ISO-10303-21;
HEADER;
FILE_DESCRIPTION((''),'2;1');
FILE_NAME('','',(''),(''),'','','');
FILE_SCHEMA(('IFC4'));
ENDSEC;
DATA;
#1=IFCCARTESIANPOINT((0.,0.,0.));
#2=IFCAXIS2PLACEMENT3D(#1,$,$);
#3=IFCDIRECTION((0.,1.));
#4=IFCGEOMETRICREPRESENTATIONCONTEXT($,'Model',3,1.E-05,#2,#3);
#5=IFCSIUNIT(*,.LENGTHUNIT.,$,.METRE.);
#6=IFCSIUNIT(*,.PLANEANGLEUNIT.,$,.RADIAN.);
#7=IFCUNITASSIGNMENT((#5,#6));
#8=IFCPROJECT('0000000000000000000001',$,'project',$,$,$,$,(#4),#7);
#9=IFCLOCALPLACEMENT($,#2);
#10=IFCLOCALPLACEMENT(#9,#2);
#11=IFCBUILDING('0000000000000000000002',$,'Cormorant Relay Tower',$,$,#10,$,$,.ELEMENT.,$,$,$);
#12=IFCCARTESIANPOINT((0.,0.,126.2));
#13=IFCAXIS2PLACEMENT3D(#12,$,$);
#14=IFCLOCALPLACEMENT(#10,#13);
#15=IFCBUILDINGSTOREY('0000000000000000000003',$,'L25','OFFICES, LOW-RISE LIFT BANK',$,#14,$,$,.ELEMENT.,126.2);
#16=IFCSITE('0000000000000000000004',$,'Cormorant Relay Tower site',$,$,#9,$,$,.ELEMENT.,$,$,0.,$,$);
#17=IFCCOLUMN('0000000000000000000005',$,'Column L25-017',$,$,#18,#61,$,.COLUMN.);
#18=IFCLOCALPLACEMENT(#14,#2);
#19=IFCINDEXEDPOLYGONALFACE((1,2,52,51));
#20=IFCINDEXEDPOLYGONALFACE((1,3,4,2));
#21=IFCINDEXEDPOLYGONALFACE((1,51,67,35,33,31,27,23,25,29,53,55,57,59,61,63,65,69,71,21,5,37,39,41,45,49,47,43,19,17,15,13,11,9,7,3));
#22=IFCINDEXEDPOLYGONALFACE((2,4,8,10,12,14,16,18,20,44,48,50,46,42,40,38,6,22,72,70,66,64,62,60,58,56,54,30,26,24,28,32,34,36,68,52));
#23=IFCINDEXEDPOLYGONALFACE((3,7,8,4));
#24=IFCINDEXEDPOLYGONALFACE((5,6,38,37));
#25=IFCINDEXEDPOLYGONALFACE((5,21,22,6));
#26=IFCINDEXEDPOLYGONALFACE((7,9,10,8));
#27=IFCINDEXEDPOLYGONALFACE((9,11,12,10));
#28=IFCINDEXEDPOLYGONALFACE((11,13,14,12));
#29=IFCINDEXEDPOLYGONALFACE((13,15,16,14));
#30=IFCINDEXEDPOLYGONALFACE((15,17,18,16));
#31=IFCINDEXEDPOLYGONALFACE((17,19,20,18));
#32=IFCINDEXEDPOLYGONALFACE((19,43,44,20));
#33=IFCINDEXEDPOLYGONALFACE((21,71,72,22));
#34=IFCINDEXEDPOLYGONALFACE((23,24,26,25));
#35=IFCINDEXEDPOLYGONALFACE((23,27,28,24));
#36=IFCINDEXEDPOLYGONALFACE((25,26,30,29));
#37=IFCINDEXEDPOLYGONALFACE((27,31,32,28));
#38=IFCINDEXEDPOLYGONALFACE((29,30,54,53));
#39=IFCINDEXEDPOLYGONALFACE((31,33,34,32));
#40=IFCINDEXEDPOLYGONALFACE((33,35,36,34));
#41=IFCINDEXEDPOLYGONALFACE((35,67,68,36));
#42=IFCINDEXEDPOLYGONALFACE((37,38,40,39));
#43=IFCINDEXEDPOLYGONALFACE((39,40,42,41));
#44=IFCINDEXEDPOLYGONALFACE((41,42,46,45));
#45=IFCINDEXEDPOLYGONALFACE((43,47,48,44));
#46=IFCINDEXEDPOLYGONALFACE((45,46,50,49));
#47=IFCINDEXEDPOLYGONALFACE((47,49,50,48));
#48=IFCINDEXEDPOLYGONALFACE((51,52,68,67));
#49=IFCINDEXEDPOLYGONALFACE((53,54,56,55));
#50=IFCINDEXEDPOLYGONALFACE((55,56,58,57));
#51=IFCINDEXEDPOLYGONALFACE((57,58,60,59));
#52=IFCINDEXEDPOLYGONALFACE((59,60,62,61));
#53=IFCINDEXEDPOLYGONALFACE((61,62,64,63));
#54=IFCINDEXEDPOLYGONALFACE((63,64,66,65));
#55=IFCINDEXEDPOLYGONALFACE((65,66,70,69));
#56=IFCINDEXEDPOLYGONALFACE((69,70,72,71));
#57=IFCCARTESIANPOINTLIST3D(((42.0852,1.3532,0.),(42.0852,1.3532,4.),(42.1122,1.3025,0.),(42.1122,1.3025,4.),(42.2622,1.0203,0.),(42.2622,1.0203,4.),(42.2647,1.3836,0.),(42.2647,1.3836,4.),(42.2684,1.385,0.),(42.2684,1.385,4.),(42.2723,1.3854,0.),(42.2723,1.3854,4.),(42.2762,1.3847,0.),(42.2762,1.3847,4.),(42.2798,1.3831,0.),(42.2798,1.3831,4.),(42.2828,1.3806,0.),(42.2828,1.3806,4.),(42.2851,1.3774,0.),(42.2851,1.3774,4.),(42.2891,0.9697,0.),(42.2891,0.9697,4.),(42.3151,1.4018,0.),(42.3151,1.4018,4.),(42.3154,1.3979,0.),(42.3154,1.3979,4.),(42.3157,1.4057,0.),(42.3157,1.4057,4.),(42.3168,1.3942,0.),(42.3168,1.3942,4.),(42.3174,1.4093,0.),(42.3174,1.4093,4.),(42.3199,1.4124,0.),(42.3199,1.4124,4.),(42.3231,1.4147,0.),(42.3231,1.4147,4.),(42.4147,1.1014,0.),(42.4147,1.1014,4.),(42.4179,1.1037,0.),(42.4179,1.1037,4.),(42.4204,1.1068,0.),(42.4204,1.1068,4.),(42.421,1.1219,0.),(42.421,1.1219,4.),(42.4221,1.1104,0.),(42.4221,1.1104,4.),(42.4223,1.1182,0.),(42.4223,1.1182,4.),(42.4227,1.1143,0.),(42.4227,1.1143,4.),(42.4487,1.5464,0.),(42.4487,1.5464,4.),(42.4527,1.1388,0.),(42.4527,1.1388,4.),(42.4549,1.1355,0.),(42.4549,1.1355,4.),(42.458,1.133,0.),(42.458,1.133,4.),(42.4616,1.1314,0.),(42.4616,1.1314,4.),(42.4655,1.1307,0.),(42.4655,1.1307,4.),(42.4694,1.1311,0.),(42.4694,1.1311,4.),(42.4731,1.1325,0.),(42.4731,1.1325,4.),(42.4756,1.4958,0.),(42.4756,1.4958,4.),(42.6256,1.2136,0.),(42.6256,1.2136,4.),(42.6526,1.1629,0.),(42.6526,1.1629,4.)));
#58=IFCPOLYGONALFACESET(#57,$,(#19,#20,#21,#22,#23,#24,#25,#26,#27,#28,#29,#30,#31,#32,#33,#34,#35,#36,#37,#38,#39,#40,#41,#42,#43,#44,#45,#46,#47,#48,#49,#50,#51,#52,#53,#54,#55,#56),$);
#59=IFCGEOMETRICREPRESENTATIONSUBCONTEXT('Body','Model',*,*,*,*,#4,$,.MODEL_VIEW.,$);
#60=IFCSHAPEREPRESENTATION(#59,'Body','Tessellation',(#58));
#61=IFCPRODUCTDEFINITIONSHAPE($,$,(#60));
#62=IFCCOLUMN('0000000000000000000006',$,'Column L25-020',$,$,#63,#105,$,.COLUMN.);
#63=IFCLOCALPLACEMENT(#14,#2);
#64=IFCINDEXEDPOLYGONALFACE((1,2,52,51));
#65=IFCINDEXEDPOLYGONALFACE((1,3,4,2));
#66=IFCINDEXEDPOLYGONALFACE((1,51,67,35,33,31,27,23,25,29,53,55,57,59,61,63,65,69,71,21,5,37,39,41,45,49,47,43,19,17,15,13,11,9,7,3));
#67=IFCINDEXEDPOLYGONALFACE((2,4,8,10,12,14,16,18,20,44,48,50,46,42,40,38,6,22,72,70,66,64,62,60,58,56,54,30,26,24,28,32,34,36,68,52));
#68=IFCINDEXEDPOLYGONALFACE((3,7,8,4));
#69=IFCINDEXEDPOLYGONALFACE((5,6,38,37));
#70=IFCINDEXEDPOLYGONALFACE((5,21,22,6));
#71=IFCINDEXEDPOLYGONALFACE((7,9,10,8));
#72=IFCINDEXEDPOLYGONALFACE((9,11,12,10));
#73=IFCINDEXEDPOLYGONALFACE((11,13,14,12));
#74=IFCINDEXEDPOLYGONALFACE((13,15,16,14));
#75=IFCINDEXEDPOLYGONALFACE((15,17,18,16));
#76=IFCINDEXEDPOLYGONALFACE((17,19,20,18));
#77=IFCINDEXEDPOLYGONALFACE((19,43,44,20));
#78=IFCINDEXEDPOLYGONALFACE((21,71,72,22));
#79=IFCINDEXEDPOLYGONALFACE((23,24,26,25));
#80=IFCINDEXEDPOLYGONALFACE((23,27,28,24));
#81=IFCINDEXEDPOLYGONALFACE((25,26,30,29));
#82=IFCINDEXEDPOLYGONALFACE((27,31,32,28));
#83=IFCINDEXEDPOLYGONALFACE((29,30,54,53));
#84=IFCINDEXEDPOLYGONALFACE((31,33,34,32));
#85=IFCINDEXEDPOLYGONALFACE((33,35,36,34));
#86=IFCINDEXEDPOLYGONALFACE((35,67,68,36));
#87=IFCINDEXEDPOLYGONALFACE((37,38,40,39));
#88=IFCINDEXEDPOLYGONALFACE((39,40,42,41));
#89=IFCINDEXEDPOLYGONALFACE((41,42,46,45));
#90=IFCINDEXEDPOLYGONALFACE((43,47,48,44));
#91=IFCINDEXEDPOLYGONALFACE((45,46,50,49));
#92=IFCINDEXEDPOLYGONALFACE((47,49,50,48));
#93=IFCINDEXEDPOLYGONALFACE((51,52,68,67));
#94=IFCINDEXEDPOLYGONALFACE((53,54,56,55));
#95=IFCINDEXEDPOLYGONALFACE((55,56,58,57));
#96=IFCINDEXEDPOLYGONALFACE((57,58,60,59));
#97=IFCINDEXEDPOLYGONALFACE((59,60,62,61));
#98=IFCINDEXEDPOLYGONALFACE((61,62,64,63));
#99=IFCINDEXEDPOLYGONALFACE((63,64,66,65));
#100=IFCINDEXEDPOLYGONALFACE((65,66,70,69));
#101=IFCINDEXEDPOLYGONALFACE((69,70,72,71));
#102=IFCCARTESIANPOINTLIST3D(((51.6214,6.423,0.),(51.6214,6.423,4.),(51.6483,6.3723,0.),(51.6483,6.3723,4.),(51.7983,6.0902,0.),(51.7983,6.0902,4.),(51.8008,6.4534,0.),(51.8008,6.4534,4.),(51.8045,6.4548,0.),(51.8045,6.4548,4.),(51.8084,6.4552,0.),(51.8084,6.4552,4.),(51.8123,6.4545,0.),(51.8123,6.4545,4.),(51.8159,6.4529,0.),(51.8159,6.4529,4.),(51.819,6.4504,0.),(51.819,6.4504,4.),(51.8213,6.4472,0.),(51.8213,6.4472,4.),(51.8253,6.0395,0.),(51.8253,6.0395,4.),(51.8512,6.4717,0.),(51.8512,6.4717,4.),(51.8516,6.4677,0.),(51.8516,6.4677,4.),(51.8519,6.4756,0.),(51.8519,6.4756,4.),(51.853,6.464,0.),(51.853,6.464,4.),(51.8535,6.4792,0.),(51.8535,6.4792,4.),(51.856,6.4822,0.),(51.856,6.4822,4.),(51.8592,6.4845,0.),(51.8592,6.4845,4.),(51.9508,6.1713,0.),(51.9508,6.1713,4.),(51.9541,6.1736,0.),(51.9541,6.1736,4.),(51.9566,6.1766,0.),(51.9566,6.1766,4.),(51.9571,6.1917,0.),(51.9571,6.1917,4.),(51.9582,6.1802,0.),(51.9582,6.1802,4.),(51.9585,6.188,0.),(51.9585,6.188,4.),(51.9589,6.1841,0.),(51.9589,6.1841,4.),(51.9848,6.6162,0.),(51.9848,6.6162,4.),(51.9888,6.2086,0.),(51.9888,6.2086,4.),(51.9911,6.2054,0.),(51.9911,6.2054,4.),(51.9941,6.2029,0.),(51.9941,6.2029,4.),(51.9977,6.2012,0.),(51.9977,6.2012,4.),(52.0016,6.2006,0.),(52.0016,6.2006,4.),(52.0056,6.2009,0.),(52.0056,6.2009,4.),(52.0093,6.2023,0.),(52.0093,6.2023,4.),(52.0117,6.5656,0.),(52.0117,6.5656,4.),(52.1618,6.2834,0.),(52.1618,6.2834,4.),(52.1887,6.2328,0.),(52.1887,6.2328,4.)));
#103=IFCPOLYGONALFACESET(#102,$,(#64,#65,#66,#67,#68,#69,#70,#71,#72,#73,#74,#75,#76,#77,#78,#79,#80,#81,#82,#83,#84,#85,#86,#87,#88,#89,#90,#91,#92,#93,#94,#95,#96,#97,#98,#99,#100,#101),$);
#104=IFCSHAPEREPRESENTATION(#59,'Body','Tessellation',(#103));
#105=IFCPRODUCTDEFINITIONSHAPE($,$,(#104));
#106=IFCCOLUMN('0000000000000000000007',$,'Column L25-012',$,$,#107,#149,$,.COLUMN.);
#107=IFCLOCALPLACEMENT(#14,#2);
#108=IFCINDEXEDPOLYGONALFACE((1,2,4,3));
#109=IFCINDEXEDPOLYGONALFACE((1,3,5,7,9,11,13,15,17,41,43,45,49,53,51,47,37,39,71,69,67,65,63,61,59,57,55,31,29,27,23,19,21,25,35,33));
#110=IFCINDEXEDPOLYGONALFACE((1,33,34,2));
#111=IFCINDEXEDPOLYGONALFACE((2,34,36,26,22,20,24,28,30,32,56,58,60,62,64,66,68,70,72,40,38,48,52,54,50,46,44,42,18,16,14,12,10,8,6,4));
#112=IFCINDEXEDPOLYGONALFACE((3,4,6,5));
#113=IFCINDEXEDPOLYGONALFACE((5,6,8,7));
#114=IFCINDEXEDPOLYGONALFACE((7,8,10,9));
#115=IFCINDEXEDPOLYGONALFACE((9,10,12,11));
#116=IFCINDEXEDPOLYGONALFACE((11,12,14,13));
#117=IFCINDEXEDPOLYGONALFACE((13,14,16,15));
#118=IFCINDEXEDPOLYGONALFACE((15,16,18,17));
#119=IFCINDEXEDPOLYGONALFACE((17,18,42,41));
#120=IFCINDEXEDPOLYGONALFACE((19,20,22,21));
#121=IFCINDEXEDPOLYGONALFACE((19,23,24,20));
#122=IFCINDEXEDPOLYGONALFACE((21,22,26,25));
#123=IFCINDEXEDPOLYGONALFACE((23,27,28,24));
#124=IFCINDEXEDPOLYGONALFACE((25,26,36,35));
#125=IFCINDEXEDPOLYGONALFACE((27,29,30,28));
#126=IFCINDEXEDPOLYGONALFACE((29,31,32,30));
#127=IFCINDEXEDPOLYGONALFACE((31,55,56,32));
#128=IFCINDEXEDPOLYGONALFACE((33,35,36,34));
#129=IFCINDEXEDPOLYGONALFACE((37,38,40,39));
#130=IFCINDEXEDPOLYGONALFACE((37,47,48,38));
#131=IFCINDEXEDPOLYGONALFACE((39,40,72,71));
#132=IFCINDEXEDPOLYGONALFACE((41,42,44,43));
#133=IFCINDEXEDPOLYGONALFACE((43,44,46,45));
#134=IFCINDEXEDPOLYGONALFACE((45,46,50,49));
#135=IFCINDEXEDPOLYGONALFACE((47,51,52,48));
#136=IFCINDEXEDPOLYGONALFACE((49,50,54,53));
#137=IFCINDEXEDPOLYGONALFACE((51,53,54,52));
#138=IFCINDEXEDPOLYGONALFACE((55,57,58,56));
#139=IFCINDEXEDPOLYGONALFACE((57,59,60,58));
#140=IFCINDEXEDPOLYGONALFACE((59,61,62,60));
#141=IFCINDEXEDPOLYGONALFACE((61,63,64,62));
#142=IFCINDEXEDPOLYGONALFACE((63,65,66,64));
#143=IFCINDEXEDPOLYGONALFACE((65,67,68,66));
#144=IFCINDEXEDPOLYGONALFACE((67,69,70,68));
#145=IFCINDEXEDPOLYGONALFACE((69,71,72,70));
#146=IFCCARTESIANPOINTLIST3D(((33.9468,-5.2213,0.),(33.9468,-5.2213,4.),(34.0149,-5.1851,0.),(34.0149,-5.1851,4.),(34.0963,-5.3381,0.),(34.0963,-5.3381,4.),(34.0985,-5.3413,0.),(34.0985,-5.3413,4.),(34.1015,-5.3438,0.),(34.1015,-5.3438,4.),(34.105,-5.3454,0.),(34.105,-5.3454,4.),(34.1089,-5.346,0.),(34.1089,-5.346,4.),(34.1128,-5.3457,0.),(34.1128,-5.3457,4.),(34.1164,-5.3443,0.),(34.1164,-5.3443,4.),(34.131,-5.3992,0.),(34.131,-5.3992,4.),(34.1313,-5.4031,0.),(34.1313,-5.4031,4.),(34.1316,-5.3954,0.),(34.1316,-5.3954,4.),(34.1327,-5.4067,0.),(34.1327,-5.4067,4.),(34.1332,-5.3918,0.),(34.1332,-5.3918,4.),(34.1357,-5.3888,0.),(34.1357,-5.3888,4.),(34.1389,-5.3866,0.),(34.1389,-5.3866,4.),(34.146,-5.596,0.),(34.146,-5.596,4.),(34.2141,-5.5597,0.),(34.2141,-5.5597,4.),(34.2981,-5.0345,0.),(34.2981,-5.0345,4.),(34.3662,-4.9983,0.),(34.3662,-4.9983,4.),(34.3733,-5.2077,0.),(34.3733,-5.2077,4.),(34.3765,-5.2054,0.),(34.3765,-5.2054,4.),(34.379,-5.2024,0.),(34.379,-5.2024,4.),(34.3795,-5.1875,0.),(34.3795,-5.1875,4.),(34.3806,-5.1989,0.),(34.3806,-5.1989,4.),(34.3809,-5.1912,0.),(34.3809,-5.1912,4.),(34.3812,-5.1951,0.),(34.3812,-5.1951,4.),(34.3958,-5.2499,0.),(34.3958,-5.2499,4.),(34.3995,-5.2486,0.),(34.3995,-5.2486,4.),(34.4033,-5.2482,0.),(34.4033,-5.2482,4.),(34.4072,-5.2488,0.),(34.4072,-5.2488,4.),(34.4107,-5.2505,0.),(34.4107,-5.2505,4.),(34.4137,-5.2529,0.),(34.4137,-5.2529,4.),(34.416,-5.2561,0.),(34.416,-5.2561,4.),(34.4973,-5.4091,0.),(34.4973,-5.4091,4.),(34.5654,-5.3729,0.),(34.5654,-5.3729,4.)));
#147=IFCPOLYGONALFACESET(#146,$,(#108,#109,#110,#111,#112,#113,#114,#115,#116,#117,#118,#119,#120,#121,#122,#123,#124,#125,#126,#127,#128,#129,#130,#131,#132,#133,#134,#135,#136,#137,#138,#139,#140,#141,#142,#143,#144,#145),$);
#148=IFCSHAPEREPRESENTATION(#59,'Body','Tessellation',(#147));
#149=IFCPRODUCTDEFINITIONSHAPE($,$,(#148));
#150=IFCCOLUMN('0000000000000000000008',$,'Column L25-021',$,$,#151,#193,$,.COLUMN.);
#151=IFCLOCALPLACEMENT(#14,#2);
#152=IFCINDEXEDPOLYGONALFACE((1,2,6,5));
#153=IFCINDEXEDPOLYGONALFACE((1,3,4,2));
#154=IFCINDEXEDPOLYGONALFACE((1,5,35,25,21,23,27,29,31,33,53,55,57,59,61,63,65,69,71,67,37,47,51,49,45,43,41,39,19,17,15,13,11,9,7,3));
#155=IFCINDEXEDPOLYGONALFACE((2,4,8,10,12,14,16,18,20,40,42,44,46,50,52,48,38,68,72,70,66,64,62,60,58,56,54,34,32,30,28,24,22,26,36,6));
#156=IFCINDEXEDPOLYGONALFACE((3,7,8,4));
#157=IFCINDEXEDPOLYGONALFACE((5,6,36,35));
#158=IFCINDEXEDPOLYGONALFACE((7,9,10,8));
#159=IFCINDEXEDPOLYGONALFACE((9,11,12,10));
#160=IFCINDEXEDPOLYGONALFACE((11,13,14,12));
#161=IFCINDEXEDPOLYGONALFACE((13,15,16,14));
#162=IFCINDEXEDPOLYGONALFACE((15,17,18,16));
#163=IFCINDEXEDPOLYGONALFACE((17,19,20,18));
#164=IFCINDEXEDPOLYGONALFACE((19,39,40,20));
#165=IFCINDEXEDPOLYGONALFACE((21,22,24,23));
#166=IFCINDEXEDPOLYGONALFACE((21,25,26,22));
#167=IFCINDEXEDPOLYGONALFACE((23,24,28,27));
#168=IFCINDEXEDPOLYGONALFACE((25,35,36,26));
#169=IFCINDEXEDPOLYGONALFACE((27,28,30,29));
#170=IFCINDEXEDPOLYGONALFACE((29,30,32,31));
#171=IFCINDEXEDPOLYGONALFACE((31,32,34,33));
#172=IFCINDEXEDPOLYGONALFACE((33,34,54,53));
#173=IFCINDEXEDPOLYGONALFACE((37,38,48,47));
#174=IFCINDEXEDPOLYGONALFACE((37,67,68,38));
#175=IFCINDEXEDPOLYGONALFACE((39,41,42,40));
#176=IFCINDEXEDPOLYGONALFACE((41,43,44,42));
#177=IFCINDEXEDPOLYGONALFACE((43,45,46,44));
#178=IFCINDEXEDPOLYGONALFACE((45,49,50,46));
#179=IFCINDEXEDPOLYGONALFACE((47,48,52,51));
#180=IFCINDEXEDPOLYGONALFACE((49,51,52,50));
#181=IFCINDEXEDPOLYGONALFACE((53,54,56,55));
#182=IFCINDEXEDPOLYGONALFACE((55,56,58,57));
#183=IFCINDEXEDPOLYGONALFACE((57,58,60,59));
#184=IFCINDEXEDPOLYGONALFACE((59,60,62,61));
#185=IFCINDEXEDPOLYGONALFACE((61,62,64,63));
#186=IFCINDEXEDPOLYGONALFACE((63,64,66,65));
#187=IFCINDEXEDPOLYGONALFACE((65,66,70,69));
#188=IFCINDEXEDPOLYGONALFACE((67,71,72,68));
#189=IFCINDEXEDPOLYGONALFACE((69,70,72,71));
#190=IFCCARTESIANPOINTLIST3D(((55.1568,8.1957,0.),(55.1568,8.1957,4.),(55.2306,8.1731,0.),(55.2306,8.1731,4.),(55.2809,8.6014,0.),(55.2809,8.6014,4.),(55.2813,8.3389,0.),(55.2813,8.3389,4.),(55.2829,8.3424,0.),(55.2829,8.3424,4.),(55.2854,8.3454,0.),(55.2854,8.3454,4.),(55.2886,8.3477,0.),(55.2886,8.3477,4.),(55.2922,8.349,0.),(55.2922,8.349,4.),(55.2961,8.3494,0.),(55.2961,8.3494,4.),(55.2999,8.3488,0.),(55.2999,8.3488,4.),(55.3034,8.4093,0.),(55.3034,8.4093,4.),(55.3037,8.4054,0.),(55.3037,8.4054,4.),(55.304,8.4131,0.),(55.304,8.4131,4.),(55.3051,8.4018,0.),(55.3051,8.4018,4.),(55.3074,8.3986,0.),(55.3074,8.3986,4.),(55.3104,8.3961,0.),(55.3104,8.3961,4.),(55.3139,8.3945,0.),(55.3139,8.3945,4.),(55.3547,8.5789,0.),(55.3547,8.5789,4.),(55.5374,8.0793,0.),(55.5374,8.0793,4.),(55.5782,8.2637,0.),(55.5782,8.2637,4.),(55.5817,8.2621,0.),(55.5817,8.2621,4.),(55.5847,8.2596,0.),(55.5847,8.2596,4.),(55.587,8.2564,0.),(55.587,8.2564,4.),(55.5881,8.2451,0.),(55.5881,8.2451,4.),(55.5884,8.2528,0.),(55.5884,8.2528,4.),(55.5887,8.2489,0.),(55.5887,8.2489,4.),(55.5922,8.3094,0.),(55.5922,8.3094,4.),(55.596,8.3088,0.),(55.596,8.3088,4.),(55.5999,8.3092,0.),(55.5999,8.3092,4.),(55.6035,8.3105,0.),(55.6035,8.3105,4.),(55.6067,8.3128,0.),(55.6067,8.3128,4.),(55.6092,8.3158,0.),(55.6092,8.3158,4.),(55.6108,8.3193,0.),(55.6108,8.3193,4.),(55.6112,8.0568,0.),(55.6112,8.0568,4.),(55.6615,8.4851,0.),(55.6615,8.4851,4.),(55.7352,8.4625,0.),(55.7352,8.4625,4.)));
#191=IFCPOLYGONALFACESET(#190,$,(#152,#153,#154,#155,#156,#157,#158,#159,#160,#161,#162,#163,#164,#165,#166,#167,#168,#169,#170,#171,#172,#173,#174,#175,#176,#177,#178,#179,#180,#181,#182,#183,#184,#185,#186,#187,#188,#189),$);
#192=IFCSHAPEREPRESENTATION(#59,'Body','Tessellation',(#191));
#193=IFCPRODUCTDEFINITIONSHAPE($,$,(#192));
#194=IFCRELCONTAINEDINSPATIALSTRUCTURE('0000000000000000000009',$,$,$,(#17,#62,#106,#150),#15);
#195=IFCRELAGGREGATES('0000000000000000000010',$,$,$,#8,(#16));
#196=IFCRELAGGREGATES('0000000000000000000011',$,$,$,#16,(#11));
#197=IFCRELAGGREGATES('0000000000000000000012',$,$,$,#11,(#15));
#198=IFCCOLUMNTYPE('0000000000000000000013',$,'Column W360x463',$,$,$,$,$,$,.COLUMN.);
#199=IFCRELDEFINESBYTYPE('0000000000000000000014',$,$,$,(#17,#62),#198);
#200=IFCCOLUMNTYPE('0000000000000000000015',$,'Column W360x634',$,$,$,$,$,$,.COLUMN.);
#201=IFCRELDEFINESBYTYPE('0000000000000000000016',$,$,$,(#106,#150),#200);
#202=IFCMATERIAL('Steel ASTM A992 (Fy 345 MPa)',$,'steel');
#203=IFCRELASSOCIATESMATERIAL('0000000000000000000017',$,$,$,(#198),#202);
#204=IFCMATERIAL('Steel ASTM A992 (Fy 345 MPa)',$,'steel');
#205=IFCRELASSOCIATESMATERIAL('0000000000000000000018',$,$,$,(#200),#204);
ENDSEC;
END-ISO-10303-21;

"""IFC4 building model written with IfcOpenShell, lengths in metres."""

from ifc_helpers import new_model, si_unit, direction, frame, origin, origin_2d, place, context, subcontext, project, spatial, i_section, extrude, material, material_profile, profile_set, type_object, element, save


model = new_model("IFC4")

# Units and contexts
model_context = context("Model", 3, precision=1e-05, world=origin(), true_north=direction((0.0, 1.0)))
body_context = subcontext(model_context, "Body", "Model", "MODEL_VIEW")
ifc_project = project(units=[si_unit("LENGTHUNIT", "METRE"), si_unit("PLANEANGLEUNIT", "RADIAN")], contexts=[model_context])

# Site, building, storey
site_placement = place(None, origin())
site = spatial("IfcSite", under=ifc_project, at=site_placement, Name="Cormorant Relay Tower site", CompositionType="ELEMENT", RefElevation=0.0)
building_placement = place(site_placement, origin())
building = spatial("IfcBuilding", under=site, at=building_placement, Name="Cormorant Relay Tower", CompositionType="ELEMENT")
storey_placement = place(building_placement, frame((0.0, 0.0, 126.2)))
storey = spatial("IfcBuildingStorey", under=building, at=storey_placement, Name="L25", Description="OFFICES, LOW-RISE LIFT BANK", CompositionType="ELEMENT", Elevation=126.2)

# Columns
ifc_material_1 = material(Name="Steel ASTM A992 (Fy 345 MPa)", Category="steel")
ifc_material_profile_1 = material_profile(ifc_material_1, i_section(OverallWidth=0.4116, OverallDepth=0.4343, WebThickness=0.0359, FlangeThickness=0.0574, FilletRadius=0.0151, at=origin_2d()), Name="W360x463")
ifc_profile_set_1 = profile_set([ifc_material_profile_1], Name="Steel ASTM A992 (Fy 345 MPa)")
column_type_1 = type_object("IfcColumnType", Name="Column W360x463", PredefinedType="COLUMN", material=ifc_profile_set_1)
for number, where, z_axis, x_axis, name in (
    (1, (42.3689, 1.2581, 0.0), (0.0, 0.0, 1.0), (0.882948, 0.469472, 0.0), "Column L25-017"),
    (2, (51.905, 6.3279, 0.0), (0.0, 0.0, 1.0), (0.882948, 0.469472, 0.0), "Column L25-020"),
):
    element("IfcColumn", number, at=place(storey_placement, frame(where, z_axis=z_axis, x_axis=x_axis)), inside=storey, type_object=column_type_1, Name=name, PredefinedType="COLUMN", context=body_context, shape_type="SweptSolid", body=[
        extrude(i_section(OverallWidth=0.4116, OverallDepth=0.4343, WebThickness=0.0359, FlangeThickness=0.0574, FilletRadius=0.0151, at=origin_2d()), origin(), (0.0, 0.0, 1.0), 4.0),
    ])
ifc_material_2 = material(Name="Steel ASTM A992 (Fy 345 MPa)", Category="steel")
ifc_material_profile_2 = material_profile(ifc_material_2, i_section(OverallWidth=0.4243, OverallDepth=0.4751, WebThickness=0.0479, FlangeThickness=0.0771, FilletRadius=0.0149, at=origin_2d()), Name="W360x634")
ifc_profile_set_2 = profile_set([ifc_material_profile_2], Name="Steel ASTM A992 (Fy 345 MPa)")
column_type_2 = type_object("IfcColumnType", Name="Column W360x634", PredefinedType="COLUMN", material=ifc_profile_set_2)
for number, where, z_axis, x_axis, name in (
    (3, (34.2561, -5.2971, 0.0), (0.0, 0.0, 1.0), (-0.469472, 0.882948, 0.0), "Column L25-012"),
    (4, (55.446, 8.3291, 0.0), (0.0, 0.0, 1.0), (0.292372, 0.956305, 0.0), "Column L25-021"),
):
    element("IfcColumn", number, at=place(storey_placement, frame(where, z_axis=z_axis, x_axis=x_axis)), inside=storey, type_object=column_type_2, Name=name, PredefinedType="COLUMN", context=body_context, shape_type="SweptSolid", body=[
        extrude(i_section(OverallWidth=0.4243, OverallDepth=0.4751, WebThickness=0.0479, FlangeThickness=0.0771, FilletRadius=0.0149, at=origin_2d()), origin(), (0.0, 0.0, 1.0), 4.0),
    ])

save(model, "model.ifc")
